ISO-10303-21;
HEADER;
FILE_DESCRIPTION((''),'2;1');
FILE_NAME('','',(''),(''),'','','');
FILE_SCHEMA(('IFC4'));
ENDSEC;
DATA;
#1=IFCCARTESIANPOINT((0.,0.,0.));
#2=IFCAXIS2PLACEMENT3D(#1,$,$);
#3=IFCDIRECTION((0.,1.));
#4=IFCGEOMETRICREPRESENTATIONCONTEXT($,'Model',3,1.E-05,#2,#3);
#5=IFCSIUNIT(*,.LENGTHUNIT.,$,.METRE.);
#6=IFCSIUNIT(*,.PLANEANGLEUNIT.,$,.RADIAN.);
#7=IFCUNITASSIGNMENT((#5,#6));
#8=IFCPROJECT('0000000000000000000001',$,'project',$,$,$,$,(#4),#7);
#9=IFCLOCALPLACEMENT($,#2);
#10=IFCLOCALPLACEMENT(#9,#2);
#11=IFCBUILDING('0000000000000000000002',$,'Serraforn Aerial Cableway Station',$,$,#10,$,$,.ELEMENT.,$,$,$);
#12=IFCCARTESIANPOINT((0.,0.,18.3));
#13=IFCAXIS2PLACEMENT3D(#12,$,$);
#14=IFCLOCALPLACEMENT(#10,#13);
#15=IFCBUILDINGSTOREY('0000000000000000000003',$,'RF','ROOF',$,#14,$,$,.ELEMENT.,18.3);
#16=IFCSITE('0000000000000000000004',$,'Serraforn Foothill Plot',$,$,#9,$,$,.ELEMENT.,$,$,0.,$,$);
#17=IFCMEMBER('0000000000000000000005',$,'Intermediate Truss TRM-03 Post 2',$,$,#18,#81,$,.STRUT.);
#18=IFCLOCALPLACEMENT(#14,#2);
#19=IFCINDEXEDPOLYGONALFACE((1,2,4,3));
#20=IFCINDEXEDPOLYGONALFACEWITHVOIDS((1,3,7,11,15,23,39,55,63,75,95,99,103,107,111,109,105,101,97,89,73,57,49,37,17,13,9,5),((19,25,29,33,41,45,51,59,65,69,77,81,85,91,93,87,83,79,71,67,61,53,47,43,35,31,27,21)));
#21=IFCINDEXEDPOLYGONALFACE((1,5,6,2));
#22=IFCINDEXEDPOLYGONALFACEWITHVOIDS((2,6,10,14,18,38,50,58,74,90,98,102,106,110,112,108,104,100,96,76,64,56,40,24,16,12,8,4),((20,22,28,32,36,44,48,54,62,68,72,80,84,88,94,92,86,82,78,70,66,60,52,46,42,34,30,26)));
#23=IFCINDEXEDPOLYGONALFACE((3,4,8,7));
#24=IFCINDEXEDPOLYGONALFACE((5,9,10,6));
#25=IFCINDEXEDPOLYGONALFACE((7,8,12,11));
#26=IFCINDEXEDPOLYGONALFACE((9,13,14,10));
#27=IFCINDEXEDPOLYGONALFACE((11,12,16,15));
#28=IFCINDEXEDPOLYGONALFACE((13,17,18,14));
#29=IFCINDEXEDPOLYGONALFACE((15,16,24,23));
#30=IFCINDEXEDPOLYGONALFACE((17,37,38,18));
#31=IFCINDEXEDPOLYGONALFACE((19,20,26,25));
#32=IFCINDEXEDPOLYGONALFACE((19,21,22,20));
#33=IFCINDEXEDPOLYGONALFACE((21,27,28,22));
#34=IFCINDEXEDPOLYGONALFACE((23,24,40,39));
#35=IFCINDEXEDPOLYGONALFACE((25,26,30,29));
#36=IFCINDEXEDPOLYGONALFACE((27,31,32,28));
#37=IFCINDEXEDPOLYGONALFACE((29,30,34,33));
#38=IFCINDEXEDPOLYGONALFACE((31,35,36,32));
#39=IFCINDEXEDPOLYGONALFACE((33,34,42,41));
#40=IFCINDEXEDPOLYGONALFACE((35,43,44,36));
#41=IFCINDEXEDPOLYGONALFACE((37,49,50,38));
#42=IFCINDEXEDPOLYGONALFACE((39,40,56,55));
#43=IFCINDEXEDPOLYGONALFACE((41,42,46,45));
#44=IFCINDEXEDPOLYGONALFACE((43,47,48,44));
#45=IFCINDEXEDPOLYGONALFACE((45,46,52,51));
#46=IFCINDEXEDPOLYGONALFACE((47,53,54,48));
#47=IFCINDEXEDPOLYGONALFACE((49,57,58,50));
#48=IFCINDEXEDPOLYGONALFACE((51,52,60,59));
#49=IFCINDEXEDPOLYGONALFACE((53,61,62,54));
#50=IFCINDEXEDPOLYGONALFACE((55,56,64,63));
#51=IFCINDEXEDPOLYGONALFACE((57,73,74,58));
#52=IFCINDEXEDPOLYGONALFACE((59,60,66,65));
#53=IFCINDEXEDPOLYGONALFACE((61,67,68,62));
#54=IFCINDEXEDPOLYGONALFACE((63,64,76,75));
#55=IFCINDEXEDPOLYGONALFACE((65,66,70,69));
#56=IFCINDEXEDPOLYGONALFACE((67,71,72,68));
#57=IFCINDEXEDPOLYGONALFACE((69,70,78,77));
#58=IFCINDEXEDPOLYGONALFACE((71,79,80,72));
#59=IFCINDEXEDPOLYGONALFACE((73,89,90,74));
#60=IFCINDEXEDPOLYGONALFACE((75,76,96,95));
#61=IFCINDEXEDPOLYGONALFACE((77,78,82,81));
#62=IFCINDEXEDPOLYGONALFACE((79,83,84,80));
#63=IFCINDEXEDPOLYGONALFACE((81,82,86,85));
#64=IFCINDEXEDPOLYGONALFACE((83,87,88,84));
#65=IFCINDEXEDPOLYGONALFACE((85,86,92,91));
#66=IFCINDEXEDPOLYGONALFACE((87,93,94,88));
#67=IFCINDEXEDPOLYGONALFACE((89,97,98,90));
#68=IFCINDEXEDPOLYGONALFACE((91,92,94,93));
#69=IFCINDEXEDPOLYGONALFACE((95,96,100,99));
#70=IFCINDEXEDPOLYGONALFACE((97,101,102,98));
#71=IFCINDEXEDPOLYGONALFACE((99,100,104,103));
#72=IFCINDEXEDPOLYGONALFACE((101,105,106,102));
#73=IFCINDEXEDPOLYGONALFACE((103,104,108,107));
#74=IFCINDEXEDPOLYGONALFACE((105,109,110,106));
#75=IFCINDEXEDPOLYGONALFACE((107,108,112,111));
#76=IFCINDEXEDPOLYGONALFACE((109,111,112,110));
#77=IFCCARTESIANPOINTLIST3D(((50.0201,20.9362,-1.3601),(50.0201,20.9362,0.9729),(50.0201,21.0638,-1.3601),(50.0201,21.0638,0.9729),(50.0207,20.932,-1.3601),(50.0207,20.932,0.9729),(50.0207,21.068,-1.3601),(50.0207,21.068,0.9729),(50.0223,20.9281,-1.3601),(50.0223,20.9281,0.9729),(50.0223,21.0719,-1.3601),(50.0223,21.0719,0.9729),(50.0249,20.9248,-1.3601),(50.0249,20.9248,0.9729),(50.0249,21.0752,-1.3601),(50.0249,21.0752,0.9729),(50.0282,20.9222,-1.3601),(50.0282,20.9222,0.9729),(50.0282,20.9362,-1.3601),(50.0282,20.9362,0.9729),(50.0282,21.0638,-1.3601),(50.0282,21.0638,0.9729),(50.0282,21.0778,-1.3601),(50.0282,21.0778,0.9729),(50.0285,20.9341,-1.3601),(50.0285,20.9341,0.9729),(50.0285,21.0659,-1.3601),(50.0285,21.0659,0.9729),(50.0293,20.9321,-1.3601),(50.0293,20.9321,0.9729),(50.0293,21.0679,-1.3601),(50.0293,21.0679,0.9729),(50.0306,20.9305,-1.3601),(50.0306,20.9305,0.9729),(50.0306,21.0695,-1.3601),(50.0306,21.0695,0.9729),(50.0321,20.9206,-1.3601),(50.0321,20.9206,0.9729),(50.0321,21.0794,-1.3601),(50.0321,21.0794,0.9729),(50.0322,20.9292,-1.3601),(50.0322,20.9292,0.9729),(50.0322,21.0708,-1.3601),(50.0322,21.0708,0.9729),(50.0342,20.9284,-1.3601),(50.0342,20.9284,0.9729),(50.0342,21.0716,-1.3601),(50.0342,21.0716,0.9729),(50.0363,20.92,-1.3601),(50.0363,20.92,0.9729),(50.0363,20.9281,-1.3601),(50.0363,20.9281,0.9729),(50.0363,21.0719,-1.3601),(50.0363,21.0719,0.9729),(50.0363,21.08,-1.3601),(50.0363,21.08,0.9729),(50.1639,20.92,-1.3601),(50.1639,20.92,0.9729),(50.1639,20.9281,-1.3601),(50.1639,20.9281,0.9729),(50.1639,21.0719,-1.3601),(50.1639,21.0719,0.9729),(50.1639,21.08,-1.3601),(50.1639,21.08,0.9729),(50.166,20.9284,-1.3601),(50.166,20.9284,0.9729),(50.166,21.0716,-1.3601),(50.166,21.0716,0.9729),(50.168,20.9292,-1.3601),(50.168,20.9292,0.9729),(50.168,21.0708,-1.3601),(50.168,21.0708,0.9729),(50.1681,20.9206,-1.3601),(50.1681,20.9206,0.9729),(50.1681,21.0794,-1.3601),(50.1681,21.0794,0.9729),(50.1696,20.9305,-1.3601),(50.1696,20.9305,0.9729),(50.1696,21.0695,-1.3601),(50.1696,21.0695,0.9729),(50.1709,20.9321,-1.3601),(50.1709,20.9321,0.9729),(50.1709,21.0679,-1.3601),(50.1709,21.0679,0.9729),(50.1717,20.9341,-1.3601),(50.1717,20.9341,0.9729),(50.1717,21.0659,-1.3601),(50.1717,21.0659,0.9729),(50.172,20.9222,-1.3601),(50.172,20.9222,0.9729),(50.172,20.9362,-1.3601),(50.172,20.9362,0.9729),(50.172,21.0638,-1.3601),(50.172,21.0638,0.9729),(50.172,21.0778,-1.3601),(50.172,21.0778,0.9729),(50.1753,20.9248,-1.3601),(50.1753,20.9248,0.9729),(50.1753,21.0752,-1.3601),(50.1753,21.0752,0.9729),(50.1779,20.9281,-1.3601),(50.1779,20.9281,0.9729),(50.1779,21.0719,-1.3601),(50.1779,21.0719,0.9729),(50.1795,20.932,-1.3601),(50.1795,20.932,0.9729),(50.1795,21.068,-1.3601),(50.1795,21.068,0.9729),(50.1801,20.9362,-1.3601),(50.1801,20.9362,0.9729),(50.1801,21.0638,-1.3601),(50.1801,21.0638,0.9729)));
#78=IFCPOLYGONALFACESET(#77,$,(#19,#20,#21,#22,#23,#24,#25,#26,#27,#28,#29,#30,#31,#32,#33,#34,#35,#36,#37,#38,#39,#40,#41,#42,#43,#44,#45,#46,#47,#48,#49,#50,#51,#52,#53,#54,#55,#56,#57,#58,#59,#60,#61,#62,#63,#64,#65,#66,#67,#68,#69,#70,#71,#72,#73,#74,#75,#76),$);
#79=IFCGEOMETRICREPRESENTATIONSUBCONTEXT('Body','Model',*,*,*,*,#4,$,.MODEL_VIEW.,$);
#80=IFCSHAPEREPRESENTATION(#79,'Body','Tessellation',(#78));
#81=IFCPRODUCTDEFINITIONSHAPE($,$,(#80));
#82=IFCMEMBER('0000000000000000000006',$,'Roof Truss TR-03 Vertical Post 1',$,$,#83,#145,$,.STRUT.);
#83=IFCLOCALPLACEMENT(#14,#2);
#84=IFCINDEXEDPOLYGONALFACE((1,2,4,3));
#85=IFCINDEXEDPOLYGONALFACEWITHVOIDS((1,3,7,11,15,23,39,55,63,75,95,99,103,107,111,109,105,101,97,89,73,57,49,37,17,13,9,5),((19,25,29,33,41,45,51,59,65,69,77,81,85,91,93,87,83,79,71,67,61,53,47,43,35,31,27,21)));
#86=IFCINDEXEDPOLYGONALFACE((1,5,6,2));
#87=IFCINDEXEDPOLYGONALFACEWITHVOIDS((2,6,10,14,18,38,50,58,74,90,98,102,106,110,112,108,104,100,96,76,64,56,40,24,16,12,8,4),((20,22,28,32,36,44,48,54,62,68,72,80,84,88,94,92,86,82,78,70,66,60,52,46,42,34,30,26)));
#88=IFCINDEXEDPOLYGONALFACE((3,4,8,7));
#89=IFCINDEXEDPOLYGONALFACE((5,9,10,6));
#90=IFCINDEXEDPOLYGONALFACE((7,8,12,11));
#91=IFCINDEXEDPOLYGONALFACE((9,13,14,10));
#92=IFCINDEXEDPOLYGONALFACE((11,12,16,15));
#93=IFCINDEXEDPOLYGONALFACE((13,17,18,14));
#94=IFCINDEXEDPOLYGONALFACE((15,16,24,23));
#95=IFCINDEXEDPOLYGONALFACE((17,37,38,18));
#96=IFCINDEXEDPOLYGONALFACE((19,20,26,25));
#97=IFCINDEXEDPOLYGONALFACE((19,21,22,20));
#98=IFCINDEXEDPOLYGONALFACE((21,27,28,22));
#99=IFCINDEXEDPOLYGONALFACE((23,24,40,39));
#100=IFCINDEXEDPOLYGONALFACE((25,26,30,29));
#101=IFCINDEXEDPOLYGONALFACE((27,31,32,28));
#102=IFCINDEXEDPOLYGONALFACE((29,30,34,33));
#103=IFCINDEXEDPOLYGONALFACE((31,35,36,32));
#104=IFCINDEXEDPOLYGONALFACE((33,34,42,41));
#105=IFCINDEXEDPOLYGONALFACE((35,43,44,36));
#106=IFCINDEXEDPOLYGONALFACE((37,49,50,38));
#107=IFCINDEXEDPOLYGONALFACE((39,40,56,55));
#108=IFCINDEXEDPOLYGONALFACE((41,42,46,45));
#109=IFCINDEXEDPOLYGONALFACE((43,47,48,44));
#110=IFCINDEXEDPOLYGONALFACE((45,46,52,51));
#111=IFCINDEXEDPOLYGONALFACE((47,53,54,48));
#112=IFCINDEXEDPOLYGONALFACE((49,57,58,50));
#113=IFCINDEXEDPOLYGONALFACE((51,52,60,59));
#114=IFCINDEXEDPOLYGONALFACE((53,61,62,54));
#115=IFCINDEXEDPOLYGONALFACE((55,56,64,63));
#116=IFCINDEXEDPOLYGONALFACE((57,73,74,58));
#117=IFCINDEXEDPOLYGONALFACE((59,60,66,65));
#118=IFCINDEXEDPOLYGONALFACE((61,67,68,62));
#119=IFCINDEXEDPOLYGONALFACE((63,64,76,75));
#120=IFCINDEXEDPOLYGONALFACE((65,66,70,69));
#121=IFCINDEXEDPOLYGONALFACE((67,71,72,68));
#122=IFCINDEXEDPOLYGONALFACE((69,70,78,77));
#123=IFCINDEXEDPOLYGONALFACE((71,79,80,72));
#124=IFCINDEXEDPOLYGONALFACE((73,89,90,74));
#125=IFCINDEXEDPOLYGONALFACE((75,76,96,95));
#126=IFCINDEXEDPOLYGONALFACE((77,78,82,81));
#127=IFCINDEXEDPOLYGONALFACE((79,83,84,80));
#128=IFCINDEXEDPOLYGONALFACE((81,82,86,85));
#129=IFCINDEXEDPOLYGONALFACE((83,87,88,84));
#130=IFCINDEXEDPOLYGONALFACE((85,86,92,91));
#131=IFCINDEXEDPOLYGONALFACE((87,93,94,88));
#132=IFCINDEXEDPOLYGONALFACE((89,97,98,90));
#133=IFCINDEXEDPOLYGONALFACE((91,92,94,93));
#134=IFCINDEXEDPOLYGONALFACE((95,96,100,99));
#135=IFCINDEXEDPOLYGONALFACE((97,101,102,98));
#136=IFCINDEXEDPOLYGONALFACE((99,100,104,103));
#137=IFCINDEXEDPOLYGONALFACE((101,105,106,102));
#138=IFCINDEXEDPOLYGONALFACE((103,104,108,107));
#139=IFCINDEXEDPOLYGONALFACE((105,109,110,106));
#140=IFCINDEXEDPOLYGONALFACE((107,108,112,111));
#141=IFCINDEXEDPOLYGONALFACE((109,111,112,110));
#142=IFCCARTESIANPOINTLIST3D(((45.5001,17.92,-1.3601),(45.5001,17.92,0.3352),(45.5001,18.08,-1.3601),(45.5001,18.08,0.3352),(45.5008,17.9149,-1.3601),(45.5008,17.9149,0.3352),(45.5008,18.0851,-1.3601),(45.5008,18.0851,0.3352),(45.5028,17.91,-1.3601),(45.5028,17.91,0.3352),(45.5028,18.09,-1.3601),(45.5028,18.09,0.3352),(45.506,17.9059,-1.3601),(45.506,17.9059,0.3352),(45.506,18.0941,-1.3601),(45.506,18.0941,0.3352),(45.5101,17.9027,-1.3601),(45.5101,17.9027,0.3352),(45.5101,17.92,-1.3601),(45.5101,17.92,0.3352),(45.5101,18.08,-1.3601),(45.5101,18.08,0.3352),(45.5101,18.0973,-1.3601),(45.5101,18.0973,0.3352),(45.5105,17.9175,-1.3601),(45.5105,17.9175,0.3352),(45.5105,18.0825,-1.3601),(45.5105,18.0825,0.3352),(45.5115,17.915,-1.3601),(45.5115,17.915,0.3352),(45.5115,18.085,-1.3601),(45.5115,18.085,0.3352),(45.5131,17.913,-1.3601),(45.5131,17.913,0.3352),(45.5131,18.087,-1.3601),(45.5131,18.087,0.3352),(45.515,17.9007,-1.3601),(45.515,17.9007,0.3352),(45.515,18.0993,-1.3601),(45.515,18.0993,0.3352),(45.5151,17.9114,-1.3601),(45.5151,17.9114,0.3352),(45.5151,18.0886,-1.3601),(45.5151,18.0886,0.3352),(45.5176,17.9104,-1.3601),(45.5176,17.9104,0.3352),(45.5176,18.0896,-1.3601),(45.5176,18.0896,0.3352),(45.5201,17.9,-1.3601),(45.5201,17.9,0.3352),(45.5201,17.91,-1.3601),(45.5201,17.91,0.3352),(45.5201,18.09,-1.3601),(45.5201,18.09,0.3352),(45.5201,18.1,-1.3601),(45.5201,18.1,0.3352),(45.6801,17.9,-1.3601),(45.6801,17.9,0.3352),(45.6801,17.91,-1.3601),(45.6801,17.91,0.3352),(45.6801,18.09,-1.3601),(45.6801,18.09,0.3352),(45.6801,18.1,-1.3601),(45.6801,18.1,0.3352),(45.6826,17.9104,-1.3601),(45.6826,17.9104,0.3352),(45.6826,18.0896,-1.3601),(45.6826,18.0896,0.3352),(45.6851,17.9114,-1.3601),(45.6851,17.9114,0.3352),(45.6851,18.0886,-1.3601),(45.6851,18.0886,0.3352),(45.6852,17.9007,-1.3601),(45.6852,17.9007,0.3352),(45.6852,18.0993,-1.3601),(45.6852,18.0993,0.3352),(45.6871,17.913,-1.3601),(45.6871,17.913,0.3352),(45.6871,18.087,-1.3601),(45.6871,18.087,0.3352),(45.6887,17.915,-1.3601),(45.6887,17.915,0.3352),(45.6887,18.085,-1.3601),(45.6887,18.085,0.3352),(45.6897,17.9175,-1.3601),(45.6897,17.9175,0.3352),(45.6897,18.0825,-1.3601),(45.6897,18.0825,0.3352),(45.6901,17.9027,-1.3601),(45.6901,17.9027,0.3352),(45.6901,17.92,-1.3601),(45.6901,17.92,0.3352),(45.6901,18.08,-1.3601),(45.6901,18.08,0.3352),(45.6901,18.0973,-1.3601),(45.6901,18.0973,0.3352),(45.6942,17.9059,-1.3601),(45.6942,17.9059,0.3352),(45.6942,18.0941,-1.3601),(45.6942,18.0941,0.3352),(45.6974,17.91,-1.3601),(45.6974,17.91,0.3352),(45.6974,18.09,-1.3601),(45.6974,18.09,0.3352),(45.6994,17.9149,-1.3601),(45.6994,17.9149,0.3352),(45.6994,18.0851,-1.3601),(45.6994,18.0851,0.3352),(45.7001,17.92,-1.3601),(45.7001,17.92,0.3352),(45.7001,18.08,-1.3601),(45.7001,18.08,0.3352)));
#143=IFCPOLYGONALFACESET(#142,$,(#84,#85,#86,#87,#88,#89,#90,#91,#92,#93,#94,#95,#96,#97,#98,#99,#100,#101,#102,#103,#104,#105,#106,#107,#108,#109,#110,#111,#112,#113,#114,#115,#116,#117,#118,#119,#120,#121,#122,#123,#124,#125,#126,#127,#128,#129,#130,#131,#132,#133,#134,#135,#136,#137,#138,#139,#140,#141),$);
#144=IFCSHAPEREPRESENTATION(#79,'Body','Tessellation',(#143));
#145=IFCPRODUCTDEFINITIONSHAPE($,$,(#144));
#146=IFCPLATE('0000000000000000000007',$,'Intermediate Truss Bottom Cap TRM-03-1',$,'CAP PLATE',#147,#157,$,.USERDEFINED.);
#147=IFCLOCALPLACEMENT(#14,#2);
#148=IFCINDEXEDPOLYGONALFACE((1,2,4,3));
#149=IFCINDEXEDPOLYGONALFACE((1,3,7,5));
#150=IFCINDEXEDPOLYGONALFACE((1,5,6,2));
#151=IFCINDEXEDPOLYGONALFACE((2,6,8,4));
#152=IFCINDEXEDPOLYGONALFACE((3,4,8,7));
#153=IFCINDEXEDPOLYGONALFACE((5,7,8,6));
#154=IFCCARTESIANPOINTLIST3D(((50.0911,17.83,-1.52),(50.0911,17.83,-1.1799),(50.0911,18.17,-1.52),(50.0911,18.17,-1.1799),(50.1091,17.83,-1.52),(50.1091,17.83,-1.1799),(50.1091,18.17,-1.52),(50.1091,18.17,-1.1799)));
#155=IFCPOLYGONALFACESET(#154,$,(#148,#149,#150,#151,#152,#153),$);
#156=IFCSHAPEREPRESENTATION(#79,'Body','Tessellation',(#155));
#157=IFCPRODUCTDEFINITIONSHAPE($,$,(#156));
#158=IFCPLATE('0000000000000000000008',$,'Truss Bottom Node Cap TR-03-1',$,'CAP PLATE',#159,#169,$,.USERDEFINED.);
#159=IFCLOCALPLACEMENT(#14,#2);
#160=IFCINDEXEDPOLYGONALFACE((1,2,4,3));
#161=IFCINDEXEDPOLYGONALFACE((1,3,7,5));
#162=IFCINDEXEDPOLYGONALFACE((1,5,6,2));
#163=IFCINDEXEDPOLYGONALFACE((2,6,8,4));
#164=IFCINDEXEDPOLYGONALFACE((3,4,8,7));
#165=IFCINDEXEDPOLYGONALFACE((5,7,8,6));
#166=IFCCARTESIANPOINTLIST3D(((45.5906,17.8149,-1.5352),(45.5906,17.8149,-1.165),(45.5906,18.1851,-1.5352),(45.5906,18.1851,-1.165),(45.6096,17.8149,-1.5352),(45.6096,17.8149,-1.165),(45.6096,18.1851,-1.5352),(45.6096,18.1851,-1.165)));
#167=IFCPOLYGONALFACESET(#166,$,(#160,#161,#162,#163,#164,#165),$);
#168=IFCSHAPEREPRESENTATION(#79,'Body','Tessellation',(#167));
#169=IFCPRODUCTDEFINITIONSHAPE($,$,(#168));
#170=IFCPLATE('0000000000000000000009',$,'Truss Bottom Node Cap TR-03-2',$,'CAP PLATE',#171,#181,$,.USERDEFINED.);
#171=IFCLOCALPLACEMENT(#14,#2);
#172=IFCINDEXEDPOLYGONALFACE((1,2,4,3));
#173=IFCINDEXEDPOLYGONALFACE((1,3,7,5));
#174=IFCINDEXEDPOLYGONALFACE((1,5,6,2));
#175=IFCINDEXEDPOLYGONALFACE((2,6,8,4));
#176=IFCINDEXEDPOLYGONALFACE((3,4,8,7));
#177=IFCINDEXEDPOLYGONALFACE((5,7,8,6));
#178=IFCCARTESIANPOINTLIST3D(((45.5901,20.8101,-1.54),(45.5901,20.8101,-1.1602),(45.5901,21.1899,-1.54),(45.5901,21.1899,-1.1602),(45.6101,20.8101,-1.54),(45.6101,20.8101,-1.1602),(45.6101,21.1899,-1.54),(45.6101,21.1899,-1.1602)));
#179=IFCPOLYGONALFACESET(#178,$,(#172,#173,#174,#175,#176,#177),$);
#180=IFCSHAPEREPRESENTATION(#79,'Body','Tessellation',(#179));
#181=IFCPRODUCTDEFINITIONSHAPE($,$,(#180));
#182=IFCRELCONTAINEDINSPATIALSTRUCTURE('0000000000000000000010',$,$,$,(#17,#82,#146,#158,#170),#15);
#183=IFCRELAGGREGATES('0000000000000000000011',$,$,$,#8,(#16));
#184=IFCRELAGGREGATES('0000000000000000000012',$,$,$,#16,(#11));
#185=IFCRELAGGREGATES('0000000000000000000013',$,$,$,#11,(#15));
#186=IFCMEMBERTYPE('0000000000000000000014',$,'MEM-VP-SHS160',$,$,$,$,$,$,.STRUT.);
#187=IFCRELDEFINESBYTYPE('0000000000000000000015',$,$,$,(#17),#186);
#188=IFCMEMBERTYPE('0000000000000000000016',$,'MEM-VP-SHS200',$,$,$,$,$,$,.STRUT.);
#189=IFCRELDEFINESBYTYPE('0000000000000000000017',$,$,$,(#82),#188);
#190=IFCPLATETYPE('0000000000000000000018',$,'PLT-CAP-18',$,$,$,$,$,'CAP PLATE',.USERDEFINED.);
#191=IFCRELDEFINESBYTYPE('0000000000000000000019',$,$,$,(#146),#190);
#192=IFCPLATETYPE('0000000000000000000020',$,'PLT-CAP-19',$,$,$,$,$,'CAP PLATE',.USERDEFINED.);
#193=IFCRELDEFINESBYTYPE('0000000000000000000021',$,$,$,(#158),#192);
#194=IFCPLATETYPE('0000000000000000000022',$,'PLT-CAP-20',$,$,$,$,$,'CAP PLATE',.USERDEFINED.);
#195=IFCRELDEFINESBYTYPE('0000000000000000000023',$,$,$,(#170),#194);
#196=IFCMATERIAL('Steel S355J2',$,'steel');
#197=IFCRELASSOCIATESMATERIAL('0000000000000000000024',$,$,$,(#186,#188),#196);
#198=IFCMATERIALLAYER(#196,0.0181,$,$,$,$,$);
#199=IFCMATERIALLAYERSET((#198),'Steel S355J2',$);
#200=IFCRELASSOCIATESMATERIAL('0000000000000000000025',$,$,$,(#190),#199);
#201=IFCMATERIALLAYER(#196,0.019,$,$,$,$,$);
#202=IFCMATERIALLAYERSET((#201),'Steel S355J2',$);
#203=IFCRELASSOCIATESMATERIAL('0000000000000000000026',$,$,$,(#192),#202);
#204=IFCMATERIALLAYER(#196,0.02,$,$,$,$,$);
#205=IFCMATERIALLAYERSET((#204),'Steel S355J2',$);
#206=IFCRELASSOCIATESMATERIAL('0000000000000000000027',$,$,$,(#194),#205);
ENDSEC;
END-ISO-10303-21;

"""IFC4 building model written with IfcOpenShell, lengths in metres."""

from ifc_helpers import new_model, si_unit, direction, frame, origin, origin_2d, place, context, subcontext, project, spatial, rectangle, hollow_rectangle, extrude, material, layer, layer_set, material_profile, profile_set, type_object, element, save


model = new_model("IFC4")

# Units and contexts
model_context = context("Model", 3, precision=1e-05, world=origin(), true_north=direction((0.0, 1.0)))
body_context = subcontext(model_context, "Body", "Model", "MODEL_VIEW")
ifc_project = project(units=[si_unit("LENGTHUNIT", "METRE"), si_unit("PLANEANGLEUNIT", "RADIAN")], contexts=[model_context])

# Site, building, storey
site_placement = place(None, origin())
site = spatial("IfcSite", under=ifc_project, at=site_placement, Name="Serraforn Foothill Plot", CompositionType="ELEMENT", RefElevation=0.0)
building_placement = place(site_placement, origin())
building = spatial("IfcBuilding", under=site, at=building_placement, Name="Serraforn Aerial Cableway Station", CompositionType="ELEMENT")
storey_placement = place(building_placement, frame((0.0, 0.0, 18.3)))
storey = spatial("IfcBuildingStorey", under=building, at=storey_placement, Name="RF", Description="ROOF", CompositionType="ELEMENT", Elevation=18.3)

# Shared definitions
ifc_material_1 = material(Name="Steel S355J2", Category="steel")

# Members
ifc_material_profile_1 = material_profile(ifc_material_1, hollow_rectangle(XDim=0.1599, YDim=0.1599, WallThickness=0.0081, InnerFilletRadius=0.0081, OuterFilletRadius=0.0161, at=origin_2d()), Name="SHS 160x160x8.0")
ifc_profile_set_1 = profile_set([ifc_material_profile_1], Name="Steel S355J2")
member_type_1 = type_object("IfcMemberType", Name="MEM-VP-SHS160", PredefinedType="STRUT", material=ifc_profile_set_1)
member_1_placement = place(storey_placement, frame((50.1001, 21.0, -1.3601), z_axis=(0.0, 0.0, 1.0), x_axis=(1.0, 0.0, 0.0)))
element("IfcMember", 1, at=member_1_placement, inside=storey, type_object=member_type_1, Name="Intermediate Truss TRM-03 Post 2", PredefinedType="STRUT", context=body_context, shape_type="SweptSolid", body=[
    extrude(hollow_rectangle(XDim=0.1599, YDim=0.1599, WallThickness=0.0081, InnerFilletRadius=0.0081, OuterFilletRadius=0.0161, at=origin_2d()), origin(), (0.0, 0.0, 1.0), 2.333),
])
ifc_material_profile_2 = material_profile(ifc_material_1, hollow_rectangle(XDim=0.2, YDim=0.2, WallThickness=0.01, InnerFilletRadius=0.01, OuterFilletRadius=0.02, at=origin_2d()), Name="SHS 200x200x10.0")
ifc_profile_set_2 = profile_set([ifc_material_profile_2], Name="Steel S355J2")
member_type_2 = type_object("IfcMemberType", Name="MEM-VP-SHS200", PredefinedType="STRUT", material=ifc_profile_set_2)
member_2_placement = place(storey_placement, frame((45.6001, 18.0, -1.3601), z_axis=(0.0, 0.0, 1.0), x_axis=(1.0, 0.0, 0.0)))
element("IfcMember", 2, at=member_2_placement, inside=storey, type_object=member_type_2, Name="Roof Truss TR-03 Vertical Post 1", PredefinedType="STRUT", context=body_context, shape_type="SweptSolid", body=[
    extrude(hollow_rectangle(XDim=0.2, YDim=0.2, WallThickness=0.01, InnerFilletRadius=0.01, OuterFilletRadius=0.02, at=origin_2d()), origin(), (0.0, 0.0, 1.0), 1.6953),
])

# Plates
ifc_layer_1 = layer(ifc_material_1, 0.0181)
ifc_layer_set_1 = layer_set([ifc_layer_1], Name="Steel S355J2")
plate_type_1 = type_object("IfcPlateType", Name="PLT-CAP-18", ElementType="CAP PLATE", PredefinedType="USERDEFINED", material=ifc_layer_set_1)
plate_1_placement = place(storey_placement, frame((50.1001, 18.0, -1.52), z_axis=(0.0, 0.0, 1.0), x_axis=(1.0, 0.0, 0.0)))
element("IfcPlate", 3, at=plate_1_placement, inside=storey, type_object=plate_type_1, Name="Intermediate Truss Bottom Cap TRM-03-1", ObjectType="CAP PLATE", PredefinedType="USERDEFINED", context=body_context, shape_type="SweptSolid", body=[
    extrude(rectangle(XDim=0.0181, YDim=0.3401, at=origin_2d()), origin(), (0.0, 0.0, 1.0), 0.3401),
])
ifc_layer_2 = layer(ifc_material_1, 0.019)
ifc_layer_set_2 = layer_set([ifc_layer_2], Name="Steel S355J2")
plate_type_2 = type_object("IfcPlateType", Name="PLT-CAP-19", ElementType="CAP PLATE", PredefinedType="USERDEFINED", material=ifc_layer_set_2)
plate_2_placement = place(storey_placement, frame((45.6001, 18.0, -1.5352), z_axis=(0.0, 0.0, 1.0), x_axis=(1.0, 0.0, 0.0)))
element("IfcPlate", 4, at=plate_2_placement, inside=storey, type_object=plate_type_2, Name="Truss Bottom Node Cap TR-03-1", ObjectType="CAP PLATE", PredefinedType="USERDEFINED", context=body_context, shape_type="SweptSolid", body=[
    extrude(rectangle(XDim=0.019, YDim=0.3701, at=origin_2d()), origin(), (0.0, 0.0, 1.0), 0.3701),
])
ifc_layer_3 = layer(ifc_material_1, 0.02)
ifc_layer_set_3 = layer_set([ifc_layer_3], Name="Steel S355J2")
plate_type_3 = type_object("IfcPlateType", Name="PLT-CAP-20", ElementType="CAP PLATE", PredefinedType="USERDEFINED", material=ifc_layer_set_3)
plate_3_placement = place(storey_placement, frame((45.6001, 21.0, -1.54), z_axis=(0.0, 0.0, 1.0), x_axis=(1.0, 0.0, 0.0)))
element("IfcPlate", 5, at=plate_3_placement, inside=storey, type_object=plate_type_3, Name="Truss Bottom Node Cap TR-03-2", ObjectType="CAP PLATE", PredefinedType="USERDEFINED", context=body_context, shape_type="SweptSolid", body=[
    extrude(rectangle(XDim=0.02, YDim=0.3799, at=origin_2d()), origin(), (0.0, 0.0, 1.0), 0.3799),
])

save(model, "model.ifc")
